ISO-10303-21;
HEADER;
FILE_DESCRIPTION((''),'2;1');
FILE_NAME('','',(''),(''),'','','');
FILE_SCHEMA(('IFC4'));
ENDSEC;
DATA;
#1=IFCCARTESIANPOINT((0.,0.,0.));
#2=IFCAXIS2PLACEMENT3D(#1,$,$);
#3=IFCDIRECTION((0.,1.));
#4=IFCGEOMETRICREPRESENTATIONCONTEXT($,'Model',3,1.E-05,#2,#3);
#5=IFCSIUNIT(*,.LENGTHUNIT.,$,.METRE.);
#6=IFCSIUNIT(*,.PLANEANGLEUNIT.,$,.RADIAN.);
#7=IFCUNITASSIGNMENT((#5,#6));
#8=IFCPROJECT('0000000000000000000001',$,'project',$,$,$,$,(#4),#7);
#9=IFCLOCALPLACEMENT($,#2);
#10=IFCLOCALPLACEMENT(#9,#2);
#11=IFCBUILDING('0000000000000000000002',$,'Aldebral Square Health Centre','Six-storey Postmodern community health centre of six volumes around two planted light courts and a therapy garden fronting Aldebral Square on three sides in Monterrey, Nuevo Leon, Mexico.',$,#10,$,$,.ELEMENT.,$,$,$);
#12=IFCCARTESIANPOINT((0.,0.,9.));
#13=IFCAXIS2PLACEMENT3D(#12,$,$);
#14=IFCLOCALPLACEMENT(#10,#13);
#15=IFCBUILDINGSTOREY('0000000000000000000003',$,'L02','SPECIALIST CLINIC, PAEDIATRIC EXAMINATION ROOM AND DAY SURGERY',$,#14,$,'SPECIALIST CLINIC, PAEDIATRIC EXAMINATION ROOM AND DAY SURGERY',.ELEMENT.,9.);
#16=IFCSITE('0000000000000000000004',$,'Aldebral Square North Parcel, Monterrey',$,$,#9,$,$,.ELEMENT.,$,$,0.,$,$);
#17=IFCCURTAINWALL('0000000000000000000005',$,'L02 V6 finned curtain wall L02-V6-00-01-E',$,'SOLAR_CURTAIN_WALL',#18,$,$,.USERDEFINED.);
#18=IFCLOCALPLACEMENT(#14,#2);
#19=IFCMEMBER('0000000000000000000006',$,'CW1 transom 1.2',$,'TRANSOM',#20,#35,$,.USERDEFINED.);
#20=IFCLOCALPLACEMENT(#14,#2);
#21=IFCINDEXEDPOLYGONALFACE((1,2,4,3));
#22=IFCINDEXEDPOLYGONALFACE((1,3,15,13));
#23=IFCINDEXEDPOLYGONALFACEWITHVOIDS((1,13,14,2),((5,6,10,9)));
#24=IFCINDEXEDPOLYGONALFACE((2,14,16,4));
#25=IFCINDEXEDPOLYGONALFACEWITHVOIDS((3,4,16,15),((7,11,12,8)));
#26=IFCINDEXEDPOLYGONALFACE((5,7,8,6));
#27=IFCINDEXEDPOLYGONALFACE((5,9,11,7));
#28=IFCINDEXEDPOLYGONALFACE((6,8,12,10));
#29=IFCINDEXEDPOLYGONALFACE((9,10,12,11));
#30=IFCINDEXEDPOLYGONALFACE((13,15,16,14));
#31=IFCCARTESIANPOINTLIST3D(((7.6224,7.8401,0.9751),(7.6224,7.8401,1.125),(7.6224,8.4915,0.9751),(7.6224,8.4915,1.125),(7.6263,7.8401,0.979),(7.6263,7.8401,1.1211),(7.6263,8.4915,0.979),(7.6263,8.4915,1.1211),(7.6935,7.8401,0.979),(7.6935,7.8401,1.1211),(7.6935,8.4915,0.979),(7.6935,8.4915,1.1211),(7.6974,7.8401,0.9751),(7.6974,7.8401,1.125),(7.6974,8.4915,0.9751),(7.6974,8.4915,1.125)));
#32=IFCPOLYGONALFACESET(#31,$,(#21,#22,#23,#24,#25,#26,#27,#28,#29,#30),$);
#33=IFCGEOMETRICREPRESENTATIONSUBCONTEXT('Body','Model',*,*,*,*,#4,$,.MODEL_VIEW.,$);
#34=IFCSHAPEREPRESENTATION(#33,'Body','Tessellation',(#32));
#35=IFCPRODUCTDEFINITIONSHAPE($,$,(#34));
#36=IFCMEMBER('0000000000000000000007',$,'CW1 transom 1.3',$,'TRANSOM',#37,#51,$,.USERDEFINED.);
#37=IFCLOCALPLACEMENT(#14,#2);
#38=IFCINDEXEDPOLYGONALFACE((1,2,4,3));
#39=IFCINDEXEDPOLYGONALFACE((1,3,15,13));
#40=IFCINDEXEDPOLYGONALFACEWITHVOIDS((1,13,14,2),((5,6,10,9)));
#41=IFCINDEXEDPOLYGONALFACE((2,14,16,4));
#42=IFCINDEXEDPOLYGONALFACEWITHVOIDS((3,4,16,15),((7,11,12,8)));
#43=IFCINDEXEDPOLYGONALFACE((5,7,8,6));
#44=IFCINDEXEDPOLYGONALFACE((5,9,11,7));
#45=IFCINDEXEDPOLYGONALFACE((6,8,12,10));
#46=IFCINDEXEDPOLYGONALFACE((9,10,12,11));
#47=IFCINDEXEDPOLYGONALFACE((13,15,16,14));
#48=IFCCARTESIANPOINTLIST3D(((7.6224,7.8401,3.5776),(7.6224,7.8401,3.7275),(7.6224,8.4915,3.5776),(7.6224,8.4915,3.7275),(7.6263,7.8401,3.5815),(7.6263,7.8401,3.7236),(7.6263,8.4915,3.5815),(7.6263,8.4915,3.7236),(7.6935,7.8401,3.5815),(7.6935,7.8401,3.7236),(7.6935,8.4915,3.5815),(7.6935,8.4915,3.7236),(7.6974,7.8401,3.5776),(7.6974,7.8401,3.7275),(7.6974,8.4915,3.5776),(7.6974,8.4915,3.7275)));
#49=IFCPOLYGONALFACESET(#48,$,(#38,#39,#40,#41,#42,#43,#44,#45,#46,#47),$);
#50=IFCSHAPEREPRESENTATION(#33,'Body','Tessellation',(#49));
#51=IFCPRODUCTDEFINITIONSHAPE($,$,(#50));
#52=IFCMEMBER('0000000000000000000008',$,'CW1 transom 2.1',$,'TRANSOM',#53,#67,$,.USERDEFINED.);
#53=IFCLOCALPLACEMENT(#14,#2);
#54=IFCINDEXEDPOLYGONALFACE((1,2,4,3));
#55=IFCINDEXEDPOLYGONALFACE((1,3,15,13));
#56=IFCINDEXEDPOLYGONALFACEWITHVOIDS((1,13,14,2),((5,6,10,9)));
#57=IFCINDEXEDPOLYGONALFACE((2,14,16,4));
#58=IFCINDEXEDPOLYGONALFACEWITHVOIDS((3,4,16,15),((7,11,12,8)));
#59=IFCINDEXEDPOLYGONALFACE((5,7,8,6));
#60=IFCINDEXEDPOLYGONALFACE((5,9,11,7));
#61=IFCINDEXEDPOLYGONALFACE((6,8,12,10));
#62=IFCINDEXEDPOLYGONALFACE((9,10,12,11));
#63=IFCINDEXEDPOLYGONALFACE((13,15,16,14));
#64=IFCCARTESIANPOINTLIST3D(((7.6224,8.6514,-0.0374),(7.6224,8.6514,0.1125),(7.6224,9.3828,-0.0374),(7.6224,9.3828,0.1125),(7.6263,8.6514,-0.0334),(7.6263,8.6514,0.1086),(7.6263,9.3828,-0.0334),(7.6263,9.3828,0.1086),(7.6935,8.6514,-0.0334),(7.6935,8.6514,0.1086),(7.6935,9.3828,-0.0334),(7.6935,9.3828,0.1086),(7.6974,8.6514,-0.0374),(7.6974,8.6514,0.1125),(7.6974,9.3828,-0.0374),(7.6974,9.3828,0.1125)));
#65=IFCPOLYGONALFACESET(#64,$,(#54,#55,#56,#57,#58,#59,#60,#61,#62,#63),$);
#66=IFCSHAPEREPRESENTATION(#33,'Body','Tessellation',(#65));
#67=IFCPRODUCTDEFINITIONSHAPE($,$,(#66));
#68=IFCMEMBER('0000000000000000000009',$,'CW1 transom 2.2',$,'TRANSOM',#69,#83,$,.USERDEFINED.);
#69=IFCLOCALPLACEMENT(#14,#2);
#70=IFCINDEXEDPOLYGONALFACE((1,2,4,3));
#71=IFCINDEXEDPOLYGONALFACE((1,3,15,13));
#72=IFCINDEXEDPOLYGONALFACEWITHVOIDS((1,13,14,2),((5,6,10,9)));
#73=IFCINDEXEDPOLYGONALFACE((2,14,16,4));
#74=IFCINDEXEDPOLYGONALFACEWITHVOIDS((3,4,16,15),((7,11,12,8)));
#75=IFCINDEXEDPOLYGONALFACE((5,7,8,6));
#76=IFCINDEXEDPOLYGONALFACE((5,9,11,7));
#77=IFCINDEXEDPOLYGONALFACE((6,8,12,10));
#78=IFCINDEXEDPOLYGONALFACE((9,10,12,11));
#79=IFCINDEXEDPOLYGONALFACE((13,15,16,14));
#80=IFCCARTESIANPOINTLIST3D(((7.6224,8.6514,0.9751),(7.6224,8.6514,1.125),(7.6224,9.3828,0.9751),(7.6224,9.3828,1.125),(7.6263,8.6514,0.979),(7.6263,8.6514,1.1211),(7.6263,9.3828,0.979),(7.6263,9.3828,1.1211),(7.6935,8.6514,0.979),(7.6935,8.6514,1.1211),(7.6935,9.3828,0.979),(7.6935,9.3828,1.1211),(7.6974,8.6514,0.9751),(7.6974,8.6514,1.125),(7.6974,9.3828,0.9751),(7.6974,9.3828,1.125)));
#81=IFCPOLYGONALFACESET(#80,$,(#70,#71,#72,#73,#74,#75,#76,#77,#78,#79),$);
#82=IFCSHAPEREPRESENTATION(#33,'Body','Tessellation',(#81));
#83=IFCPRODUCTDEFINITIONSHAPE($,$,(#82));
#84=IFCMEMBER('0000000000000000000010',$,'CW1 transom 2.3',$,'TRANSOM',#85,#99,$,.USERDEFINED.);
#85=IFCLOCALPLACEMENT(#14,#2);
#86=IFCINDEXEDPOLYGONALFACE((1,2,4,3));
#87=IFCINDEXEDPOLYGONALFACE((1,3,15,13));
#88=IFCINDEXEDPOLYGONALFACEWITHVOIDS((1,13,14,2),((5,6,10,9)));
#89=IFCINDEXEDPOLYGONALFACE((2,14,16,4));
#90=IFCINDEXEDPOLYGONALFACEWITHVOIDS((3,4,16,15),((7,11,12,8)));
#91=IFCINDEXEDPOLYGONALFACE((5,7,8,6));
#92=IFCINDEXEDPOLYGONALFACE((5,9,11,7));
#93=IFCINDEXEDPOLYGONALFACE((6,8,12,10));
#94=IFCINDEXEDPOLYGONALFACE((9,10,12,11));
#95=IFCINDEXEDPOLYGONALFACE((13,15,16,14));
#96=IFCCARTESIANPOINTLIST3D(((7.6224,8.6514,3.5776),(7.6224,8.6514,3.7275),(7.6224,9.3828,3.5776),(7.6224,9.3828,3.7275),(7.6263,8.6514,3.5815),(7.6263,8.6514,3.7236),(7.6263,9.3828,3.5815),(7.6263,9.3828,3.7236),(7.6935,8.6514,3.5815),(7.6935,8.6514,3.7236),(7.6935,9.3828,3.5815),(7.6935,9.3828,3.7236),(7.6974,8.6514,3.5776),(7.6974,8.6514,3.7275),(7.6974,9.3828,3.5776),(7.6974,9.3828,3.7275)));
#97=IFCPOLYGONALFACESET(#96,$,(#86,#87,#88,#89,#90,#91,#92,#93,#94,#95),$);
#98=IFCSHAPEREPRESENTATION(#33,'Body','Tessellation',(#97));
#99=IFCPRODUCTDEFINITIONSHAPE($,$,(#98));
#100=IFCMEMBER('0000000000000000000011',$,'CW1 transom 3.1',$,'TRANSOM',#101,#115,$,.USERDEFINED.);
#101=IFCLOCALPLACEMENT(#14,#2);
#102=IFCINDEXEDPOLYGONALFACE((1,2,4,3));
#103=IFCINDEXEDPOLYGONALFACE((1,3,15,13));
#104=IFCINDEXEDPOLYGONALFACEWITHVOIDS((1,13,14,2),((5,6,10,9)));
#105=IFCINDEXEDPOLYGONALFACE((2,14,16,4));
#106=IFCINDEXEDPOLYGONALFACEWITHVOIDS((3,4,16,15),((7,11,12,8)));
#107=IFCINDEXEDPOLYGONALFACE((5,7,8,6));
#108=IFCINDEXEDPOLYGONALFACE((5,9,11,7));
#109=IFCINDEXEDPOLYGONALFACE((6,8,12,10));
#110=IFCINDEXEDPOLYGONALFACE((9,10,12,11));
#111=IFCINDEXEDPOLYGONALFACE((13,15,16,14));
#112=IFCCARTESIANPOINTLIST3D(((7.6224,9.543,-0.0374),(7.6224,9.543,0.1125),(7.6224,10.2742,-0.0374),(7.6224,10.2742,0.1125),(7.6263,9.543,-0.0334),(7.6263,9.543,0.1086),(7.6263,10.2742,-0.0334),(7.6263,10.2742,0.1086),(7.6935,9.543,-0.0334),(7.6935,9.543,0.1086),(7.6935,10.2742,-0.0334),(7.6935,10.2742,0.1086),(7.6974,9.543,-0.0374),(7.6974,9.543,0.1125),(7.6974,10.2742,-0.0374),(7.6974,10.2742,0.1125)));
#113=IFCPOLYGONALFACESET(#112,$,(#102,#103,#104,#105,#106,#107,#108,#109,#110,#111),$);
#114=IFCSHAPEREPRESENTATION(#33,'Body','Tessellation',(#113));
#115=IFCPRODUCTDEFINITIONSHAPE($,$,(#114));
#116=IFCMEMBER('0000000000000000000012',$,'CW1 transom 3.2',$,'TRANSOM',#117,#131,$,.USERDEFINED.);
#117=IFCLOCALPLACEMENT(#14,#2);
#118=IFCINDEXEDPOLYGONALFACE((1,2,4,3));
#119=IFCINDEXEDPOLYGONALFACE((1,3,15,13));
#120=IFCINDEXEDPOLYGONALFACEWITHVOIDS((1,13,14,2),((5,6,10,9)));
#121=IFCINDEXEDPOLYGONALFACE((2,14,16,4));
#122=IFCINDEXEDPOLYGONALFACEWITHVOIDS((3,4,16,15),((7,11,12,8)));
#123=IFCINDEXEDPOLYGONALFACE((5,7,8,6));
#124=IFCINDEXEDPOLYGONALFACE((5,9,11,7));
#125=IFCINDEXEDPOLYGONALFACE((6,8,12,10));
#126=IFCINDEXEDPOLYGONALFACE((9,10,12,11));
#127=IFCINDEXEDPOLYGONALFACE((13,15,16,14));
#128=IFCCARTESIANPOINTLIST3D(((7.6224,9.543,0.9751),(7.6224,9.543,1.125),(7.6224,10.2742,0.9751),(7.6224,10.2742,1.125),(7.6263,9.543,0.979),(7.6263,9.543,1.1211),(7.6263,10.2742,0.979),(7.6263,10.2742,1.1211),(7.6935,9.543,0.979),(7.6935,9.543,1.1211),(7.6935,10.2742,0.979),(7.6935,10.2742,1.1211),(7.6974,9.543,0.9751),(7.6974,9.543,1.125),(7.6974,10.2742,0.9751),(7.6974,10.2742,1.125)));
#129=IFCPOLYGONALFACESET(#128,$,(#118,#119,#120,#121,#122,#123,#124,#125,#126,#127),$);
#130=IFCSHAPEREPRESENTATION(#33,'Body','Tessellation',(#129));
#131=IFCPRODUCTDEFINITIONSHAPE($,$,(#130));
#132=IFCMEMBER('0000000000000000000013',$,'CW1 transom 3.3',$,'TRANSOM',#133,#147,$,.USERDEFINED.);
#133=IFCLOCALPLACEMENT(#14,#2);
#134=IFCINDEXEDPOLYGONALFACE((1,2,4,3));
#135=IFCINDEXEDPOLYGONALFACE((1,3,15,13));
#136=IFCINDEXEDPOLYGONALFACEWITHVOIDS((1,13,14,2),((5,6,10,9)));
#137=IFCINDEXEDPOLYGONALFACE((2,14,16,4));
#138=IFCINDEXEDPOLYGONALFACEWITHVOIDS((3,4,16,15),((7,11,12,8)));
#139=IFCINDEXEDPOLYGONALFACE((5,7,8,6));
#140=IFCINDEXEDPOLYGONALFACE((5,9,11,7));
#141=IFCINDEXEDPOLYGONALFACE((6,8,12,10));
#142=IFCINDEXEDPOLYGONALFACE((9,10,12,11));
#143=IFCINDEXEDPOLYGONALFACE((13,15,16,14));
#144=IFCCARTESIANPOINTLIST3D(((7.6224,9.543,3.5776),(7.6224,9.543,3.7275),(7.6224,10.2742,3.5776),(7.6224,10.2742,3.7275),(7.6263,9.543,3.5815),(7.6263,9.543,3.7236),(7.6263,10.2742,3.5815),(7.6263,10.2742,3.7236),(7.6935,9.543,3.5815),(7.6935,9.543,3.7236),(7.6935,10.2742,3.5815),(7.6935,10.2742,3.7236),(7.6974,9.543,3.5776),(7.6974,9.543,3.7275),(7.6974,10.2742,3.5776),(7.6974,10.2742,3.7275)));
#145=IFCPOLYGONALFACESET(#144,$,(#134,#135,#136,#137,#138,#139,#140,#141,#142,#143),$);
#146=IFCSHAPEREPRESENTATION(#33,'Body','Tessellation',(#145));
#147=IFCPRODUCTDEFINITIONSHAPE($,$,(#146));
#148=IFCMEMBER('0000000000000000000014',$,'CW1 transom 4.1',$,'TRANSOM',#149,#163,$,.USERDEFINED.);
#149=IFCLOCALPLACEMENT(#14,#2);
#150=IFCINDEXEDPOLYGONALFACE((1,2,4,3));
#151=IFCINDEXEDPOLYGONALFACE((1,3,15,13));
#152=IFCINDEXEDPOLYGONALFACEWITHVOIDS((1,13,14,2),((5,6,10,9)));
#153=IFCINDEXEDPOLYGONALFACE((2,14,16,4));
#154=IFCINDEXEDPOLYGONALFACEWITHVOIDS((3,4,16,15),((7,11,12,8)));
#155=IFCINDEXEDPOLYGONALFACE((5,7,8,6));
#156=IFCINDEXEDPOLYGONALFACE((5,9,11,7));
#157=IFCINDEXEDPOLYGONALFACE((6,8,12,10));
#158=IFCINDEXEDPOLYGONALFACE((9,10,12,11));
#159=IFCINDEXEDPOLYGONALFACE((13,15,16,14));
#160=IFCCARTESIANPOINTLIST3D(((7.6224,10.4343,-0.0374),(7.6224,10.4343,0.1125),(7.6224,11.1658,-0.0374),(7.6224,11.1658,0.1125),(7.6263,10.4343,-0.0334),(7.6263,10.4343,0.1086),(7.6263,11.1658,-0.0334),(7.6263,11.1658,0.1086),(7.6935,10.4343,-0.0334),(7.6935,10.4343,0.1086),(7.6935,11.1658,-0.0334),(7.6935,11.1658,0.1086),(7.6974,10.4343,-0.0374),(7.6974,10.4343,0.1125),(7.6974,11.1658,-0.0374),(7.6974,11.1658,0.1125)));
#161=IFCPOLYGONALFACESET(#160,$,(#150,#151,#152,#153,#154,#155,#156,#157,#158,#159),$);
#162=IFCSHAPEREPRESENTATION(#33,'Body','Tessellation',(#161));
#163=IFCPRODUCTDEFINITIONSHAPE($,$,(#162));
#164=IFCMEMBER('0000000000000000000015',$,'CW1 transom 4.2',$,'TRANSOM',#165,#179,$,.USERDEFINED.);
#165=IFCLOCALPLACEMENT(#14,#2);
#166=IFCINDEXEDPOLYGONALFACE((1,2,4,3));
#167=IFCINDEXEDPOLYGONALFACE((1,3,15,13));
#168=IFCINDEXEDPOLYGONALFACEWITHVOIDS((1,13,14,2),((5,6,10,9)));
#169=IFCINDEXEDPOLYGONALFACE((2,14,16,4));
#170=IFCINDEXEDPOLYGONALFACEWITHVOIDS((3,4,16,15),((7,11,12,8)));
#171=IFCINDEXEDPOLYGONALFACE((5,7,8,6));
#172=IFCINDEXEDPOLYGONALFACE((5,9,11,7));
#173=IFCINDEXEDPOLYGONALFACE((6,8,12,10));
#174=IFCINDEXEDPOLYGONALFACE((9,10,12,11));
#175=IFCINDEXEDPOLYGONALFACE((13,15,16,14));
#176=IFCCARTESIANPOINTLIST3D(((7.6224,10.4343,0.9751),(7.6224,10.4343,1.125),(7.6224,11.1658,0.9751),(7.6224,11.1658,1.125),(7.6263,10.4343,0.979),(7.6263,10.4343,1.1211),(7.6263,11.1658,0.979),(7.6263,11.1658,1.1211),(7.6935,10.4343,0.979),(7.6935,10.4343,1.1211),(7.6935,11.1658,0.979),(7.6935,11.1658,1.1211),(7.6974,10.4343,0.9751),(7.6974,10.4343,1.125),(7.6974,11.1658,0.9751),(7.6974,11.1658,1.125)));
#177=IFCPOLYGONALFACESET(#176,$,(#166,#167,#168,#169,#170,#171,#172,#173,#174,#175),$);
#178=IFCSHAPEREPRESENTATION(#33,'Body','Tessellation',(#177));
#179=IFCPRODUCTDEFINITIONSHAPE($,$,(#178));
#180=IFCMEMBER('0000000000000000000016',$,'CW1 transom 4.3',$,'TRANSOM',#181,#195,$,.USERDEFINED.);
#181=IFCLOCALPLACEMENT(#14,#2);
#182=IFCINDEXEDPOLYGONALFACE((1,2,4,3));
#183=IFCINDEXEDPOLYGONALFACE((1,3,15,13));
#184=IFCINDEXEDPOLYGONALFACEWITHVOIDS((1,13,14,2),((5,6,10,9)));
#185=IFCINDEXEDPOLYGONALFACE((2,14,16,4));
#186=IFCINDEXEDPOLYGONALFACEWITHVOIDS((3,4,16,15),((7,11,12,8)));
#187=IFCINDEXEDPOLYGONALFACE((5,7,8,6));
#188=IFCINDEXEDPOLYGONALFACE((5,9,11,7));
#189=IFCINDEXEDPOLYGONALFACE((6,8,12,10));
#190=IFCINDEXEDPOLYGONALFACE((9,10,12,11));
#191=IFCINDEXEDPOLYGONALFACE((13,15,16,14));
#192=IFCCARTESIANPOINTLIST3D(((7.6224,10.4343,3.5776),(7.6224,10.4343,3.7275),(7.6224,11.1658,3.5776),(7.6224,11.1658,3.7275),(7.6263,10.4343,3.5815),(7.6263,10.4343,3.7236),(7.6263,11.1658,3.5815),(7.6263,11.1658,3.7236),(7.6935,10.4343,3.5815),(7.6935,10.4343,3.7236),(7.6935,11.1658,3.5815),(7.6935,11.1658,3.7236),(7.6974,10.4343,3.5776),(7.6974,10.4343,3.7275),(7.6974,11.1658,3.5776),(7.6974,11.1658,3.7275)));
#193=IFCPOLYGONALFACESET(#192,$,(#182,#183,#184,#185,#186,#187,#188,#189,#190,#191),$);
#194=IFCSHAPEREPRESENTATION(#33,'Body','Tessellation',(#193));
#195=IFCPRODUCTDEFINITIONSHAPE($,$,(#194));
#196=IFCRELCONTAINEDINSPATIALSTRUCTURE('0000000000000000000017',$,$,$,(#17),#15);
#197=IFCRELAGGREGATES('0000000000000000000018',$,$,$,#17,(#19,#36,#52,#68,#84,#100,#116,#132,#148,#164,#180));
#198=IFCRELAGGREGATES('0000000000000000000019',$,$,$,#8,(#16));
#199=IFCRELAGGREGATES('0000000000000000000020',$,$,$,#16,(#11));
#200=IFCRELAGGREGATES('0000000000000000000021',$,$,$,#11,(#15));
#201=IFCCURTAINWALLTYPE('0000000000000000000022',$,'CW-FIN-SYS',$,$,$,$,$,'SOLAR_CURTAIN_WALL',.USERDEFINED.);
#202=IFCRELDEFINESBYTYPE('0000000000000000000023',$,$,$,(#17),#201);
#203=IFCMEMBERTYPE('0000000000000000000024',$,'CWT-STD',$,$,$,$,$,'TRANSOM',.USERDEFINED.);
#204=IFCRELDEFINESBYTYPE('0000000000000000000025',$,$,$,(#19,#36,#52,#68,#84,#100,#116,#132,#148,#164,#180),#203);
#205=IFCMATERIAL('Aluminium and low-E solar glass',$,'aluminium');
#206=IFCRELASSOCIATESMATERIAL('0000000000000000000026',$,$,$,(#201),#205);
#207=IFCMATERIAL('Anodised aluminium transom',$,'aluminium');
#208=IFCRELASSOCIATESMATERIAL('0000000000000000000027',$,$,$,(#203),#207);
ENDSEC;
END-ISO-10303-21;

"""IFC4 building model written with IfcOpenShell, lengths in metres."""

from ifc_helpers import new_model, si_unit, direction, frame, origin, origin_2d, place, context, subcontext, project, spatial, hollow_rectangle, extrude, material, material_profile, profile_set, type_object, element, aggregate, save


model = new_model("IFC4")

# Units and contexts
model_context = context("Model", 3, precision=1e-05, world=origin(), true_north=direction((0.0, 1.0)))
body_context = subcontext(model_context, "Body", "Model", "MODEL_VIEW")
ifc_project = project(units=[si_unit("LENGTHUNIT", "METRE"), si_unit("PLANEANGLEUNIT", "RADIAN")], contexts=[model_context])

# Site, building, storey
site_placement = place(None, origin())
site = spatial("IfcSite", under=ifc_project, at=site_placement, Name="Aldebral Square North Parcel, Monterrey", CompositionType="ELEMENT", RefElevation=0.0)
building_placement = place(site_placement, origin())
building = spatial("IfcBuilding", under=site, at=building_placement, Name="Aldebral Square Health Centre", Description="Six-storey Postmodern community health centre of six volumes around two planted light courts and a therapy garden fronting Aldebral Square on three sides in Monterrey, Nuevo Leon, Mexico.", CompositionType="ELEMENT")
storey_placement = place(building_placement, frame((0.0, 0.0, 9.0)))
storey = spatial("IfcBuildingStorey", under=building, at=storey_placement, Name="L02", Description="SPECIALIST CLINIC, PAEDIATRIC EXAMINATION ROOM AND DAY SURGERY", LongName="SPECIALIST CLINIC, PAEDIATRIC EXAMINATION ROOM AND DAY SURGERY", CompositionType="ELEMENT", Elevation=9.0)

# Shared definitions
ifc_material_1 = material(Name="Aluminium and low-E solar glass", Category="aluminium")
curtain_wall_type = type_object("IfcCurtainWallType", Name="CW-FIN-SYS", ElementType="SOLAR_CURTAIN_WALL", PredefinedType="USERDEFINED", material=ifc_material_1)

# Curtain wall
curtain_wall_1_placement = place(storey_placement, origin())
curtain_wall_1 = element("IfcCurtainWall", 1, at=curtain_wall_1_placement, inside=storey, type_object=curtain_wall_type, Name="L02 V6 finned curtain wall L02-V6-00-01-E", ObjectType="SOLAR_CURTAIN_WALL", PredefinedType="USERDEFINED")

# Members
ifc_material_2 = material(Name="Anodised aluminium transom", Category="aluminium")
ifc_material_profile_1 = material_profile(ifc_material_2, hollow_rectangle(XDim=0.075, YDim=0.1499, WallThickness=0.0039, at=origin_2d()), Name="CWT 75x150x4")
ifc_profile_set_1 = profile_set([ifc_material_profile_1], Name="Anodised aluminium transom")
member_type_1 = type_object("IfcMemberType", Name="CWT-STD", ElementType="TRANSOM", PredefinedType="USERDEFINED", material=ifc_profile_set_1)
member_1_placement = place(storey_placement, frame((7.6599, 7.8401, 1.05), z_axis=(0.0, 1.0, 0.0), x_axis=(-1.0, 0.0, 0.0)))
member_1 = element("IfcMember", 2, at=member_1_placement, type_object=member_type_1, Name="CW1 transom 1.2", ObjectType="TRANSOM", PredefinedType="USERDEFINED", context=body_context, shape_type="SweptSolid", body=[
    extrude(hollow_rectangle(XDim=0.075, YDim=0.1499, WallThickness=0.0039, at=origin_2d()), origin(), (0.0, 0.0, 1.0), 0.6514),
])
member_2_placement = place(storey_placement, frame((7.6599, 7.8401, 3.6526), z_axis=(0.0, 1.0, 0.0), x_axis=(-1.0, 0.0, 0.0)))
member_2 = element("IfcMember", 3, at=member_2_placement, type_object=member_type_1, Name="CW1 transom 1.3", ObjectType="TRANSOM", PredefinedType="USERDEFINED", context=body_context, shape_type="SweptSolid", body=[
    extrude(hollow_rectangle(XDim=0.075, YDim=0.1499, WallThickness=0.0039, at=origin_2d()), origin(), (0.0, 0.0, 1.0), 0.6514),
])
member_3_placement = place(storey_placement, frame((7.6599, 8.6514, 0.0376), z_axis=(0.0, 1.0, 0.0), x_axis=(-1.0, 0.0, 0.0)))
member_3 = element("IfcMember", 4, at=member_3_placement, type_object=member_type_1, Name="CW1 transom 2.1", ObjectType="TRANSOM", PredefinedType="USERDEFINED", context=body_context, shape_type="SweptSolid", body=[
    extrude(hollow_rectangle(XDim=0.075, YDim=0.1499, WallThickness=0.0039, at=origin_2d()), origin(), (0.0, 0.0, 1.0), 0.7314),
])
member_4_placement = place(storey_placement, frame((7.6599, 8.6514, 1.05), z_axis=(0.0, 1.0, 0.0), x_axis=(-1.0, 0.0, 0.0)))
member_4 = element("IfcMember", 5, at=member_4_placement, type_object=member_type_1, Name="CW1 transom 2.2", ObjectType="TRANSOM", PredefinedType="USERDEFINED", context=body_context, shape_type="SweptSolid", body=[
    extrude(hollow_rectangle(XDim=0.075, YDim=0.1499, WallThickness=0.0039, at=origin_2d()), origin(), (0.0, 0.0, 1.0), 0.7314),
])
member_5_placement = place(storey_placement, frame((7.6599, 8.6514, 3.6526), z_axis=(0.0, 1.0, 0.0), x_axis=(-1.0, 0.0, 0.0)))
member_5 = element("IfcMember", 6, at=member_5_placement, type_object=member_type_1, Name="CW1 transom 2.3", ObjectType="TRANSOM", PredefinedType="USERDEFINED", context=body_context, shape_type="SweptSolid", body=[
    extrude(hollow_rectangle(XDim=0.075, YDim=0.1499, WallThickness=0.0039, at=origin_2d()), origin(), (0.0, 0.0, 1.0), 0.7314),
])
member_6_placement = place(storey_placement, frame((7.6599, 9.543, 0.0376), z_axis=(0.0, 1.0, 0.0), x_axis=(-1.0, 0.0, 0.0)))
member_6 = element("IfcMember", 7, at=member_6_placement, type_object=member_type_1, Name="CW1 transom 3.1", ObjectType="TRANSOM", PredefinedType="USERDEFINED", context=body_context, shape_type="SweptSolid", body=[
    extrude(hollow_rectangle(XDim=0.075, YDim=0.1499, WallThickness=0.0039, at=origin_2d()), origin(), (0.0, 0.0, 1.0), 0.7312),
])
member_7_placement = place(storey_placement, frame((7.6599, 9.543, 1.05), z_axis=(0.0, 1.0, 0.0), x_axis=(-1.0, 0.0, 0.0)))
member_7 = element("IfcMember", 8, at=member_7_placement, type_object=member_type_1, Name="CW1 transom 3.2", ObjectType="TRANSOM", PredefinedType="USERDEFINED", context=body_context, shape_type="SweptSolid", body=[
    extrude(hollow_rectangle(XDim=0.075, YDim=0.1499, WallThickness=0.0039, at=origin_2d()), origin(), (0.0, 0.0, 1.0), 0.7312),
])
member_8_placement = place(storey_placement, frame((7.6599, 9.543, 3.6526), z_axis=(0.0, 1.0, 0.0), x_axis=(-1.0, 0.0, 0.0)))
member_8 = element("IfcMember", 9, at=member_8_placement, type_object=member_type_1, Name="CW1 transom 3.3", ObjectType="TRANSOM", PredefinedType="USERDEFINED", context=body_context, shape_type="SweptSolid", body=[
    extrude(hollow_rectangle(XDim=0.075, YDim=0.1499, WallThickness=0.0039, at=origin_2d()), origin(), (0.0, 0.0, 1.0), 0.7312),
])
member_9_placement = place(storey_placement, frame((7.6599, 10.4343, 0.0376), z_axis=(0.0, 1.0, 0.0), x_axis=(-1.0, 0.0, 0.0)))
member_9 = element("IfcMember", 10, at=member_9_placement, type_object=member_type_1, Name="CW1 transom 4.1", ObjectType="TRANSOM", PredefinedType="USERDEFINED", context=body_context, shape_type="SweptSolid", body=[
    extrude(hollow_rectangle(XDim=0.075, YDim=0.1499, WallThickness=0.0039, at=origin_2d()), origin(), (0.0, 0.0, 1.0), 0.7314),
])
member_10_placement = place(storey_placement, frame((7.6599, 10.4343, 1.05), z_axis=(0.0, 1.0, 0.0), x_axis=(-1.0, 0.0, 0.0)))
member_10 = element("IfcMember", 11, at=member_10_placement, type_object=member_type_1, Name="CW1 transom 4.2", ObjectType="TRANSOM", PredefinedType="USERDEFINED", context=body_context, shape_type="SweptSolid", body=[
    extrude(hollow_rectangle(XDim=0.075, YDim=0.1499, WallThickness=0.0039, at=origin_2d()), origin(), (0.0, 0.0, 1.0), 0.7314),
])
member_11_placement = place(storey_placement, frame((7.6599, 10.4343, 3.6526), z_axis=(0.0, 1.0, 0.0), x_axis=(-1.0, 0.0, 0.0)))
member_11 = element("IfcMember", 12, at=member_11_placement, type_object=member_type_1, Name="CW1 transom 4.3", ObjectType="TRANSOM", PredefinedType="USERDEFINED", context=body_context, shape_type="SweptSolid", body=[
    extrude(hollow_rectangle(XDim=0.075, YDim=0.1499, WallThickness=0.0039, at=origin_2d()), origin(), (0.0, 0.0, 1.0), 0.7314),
])

aggregate(curtain_wall_1, [member_1, member_2, member_3, member_4, member_5, member_6, member_7, member_8, member_9, member_10, member_11])

save(model, "model.ifc")
